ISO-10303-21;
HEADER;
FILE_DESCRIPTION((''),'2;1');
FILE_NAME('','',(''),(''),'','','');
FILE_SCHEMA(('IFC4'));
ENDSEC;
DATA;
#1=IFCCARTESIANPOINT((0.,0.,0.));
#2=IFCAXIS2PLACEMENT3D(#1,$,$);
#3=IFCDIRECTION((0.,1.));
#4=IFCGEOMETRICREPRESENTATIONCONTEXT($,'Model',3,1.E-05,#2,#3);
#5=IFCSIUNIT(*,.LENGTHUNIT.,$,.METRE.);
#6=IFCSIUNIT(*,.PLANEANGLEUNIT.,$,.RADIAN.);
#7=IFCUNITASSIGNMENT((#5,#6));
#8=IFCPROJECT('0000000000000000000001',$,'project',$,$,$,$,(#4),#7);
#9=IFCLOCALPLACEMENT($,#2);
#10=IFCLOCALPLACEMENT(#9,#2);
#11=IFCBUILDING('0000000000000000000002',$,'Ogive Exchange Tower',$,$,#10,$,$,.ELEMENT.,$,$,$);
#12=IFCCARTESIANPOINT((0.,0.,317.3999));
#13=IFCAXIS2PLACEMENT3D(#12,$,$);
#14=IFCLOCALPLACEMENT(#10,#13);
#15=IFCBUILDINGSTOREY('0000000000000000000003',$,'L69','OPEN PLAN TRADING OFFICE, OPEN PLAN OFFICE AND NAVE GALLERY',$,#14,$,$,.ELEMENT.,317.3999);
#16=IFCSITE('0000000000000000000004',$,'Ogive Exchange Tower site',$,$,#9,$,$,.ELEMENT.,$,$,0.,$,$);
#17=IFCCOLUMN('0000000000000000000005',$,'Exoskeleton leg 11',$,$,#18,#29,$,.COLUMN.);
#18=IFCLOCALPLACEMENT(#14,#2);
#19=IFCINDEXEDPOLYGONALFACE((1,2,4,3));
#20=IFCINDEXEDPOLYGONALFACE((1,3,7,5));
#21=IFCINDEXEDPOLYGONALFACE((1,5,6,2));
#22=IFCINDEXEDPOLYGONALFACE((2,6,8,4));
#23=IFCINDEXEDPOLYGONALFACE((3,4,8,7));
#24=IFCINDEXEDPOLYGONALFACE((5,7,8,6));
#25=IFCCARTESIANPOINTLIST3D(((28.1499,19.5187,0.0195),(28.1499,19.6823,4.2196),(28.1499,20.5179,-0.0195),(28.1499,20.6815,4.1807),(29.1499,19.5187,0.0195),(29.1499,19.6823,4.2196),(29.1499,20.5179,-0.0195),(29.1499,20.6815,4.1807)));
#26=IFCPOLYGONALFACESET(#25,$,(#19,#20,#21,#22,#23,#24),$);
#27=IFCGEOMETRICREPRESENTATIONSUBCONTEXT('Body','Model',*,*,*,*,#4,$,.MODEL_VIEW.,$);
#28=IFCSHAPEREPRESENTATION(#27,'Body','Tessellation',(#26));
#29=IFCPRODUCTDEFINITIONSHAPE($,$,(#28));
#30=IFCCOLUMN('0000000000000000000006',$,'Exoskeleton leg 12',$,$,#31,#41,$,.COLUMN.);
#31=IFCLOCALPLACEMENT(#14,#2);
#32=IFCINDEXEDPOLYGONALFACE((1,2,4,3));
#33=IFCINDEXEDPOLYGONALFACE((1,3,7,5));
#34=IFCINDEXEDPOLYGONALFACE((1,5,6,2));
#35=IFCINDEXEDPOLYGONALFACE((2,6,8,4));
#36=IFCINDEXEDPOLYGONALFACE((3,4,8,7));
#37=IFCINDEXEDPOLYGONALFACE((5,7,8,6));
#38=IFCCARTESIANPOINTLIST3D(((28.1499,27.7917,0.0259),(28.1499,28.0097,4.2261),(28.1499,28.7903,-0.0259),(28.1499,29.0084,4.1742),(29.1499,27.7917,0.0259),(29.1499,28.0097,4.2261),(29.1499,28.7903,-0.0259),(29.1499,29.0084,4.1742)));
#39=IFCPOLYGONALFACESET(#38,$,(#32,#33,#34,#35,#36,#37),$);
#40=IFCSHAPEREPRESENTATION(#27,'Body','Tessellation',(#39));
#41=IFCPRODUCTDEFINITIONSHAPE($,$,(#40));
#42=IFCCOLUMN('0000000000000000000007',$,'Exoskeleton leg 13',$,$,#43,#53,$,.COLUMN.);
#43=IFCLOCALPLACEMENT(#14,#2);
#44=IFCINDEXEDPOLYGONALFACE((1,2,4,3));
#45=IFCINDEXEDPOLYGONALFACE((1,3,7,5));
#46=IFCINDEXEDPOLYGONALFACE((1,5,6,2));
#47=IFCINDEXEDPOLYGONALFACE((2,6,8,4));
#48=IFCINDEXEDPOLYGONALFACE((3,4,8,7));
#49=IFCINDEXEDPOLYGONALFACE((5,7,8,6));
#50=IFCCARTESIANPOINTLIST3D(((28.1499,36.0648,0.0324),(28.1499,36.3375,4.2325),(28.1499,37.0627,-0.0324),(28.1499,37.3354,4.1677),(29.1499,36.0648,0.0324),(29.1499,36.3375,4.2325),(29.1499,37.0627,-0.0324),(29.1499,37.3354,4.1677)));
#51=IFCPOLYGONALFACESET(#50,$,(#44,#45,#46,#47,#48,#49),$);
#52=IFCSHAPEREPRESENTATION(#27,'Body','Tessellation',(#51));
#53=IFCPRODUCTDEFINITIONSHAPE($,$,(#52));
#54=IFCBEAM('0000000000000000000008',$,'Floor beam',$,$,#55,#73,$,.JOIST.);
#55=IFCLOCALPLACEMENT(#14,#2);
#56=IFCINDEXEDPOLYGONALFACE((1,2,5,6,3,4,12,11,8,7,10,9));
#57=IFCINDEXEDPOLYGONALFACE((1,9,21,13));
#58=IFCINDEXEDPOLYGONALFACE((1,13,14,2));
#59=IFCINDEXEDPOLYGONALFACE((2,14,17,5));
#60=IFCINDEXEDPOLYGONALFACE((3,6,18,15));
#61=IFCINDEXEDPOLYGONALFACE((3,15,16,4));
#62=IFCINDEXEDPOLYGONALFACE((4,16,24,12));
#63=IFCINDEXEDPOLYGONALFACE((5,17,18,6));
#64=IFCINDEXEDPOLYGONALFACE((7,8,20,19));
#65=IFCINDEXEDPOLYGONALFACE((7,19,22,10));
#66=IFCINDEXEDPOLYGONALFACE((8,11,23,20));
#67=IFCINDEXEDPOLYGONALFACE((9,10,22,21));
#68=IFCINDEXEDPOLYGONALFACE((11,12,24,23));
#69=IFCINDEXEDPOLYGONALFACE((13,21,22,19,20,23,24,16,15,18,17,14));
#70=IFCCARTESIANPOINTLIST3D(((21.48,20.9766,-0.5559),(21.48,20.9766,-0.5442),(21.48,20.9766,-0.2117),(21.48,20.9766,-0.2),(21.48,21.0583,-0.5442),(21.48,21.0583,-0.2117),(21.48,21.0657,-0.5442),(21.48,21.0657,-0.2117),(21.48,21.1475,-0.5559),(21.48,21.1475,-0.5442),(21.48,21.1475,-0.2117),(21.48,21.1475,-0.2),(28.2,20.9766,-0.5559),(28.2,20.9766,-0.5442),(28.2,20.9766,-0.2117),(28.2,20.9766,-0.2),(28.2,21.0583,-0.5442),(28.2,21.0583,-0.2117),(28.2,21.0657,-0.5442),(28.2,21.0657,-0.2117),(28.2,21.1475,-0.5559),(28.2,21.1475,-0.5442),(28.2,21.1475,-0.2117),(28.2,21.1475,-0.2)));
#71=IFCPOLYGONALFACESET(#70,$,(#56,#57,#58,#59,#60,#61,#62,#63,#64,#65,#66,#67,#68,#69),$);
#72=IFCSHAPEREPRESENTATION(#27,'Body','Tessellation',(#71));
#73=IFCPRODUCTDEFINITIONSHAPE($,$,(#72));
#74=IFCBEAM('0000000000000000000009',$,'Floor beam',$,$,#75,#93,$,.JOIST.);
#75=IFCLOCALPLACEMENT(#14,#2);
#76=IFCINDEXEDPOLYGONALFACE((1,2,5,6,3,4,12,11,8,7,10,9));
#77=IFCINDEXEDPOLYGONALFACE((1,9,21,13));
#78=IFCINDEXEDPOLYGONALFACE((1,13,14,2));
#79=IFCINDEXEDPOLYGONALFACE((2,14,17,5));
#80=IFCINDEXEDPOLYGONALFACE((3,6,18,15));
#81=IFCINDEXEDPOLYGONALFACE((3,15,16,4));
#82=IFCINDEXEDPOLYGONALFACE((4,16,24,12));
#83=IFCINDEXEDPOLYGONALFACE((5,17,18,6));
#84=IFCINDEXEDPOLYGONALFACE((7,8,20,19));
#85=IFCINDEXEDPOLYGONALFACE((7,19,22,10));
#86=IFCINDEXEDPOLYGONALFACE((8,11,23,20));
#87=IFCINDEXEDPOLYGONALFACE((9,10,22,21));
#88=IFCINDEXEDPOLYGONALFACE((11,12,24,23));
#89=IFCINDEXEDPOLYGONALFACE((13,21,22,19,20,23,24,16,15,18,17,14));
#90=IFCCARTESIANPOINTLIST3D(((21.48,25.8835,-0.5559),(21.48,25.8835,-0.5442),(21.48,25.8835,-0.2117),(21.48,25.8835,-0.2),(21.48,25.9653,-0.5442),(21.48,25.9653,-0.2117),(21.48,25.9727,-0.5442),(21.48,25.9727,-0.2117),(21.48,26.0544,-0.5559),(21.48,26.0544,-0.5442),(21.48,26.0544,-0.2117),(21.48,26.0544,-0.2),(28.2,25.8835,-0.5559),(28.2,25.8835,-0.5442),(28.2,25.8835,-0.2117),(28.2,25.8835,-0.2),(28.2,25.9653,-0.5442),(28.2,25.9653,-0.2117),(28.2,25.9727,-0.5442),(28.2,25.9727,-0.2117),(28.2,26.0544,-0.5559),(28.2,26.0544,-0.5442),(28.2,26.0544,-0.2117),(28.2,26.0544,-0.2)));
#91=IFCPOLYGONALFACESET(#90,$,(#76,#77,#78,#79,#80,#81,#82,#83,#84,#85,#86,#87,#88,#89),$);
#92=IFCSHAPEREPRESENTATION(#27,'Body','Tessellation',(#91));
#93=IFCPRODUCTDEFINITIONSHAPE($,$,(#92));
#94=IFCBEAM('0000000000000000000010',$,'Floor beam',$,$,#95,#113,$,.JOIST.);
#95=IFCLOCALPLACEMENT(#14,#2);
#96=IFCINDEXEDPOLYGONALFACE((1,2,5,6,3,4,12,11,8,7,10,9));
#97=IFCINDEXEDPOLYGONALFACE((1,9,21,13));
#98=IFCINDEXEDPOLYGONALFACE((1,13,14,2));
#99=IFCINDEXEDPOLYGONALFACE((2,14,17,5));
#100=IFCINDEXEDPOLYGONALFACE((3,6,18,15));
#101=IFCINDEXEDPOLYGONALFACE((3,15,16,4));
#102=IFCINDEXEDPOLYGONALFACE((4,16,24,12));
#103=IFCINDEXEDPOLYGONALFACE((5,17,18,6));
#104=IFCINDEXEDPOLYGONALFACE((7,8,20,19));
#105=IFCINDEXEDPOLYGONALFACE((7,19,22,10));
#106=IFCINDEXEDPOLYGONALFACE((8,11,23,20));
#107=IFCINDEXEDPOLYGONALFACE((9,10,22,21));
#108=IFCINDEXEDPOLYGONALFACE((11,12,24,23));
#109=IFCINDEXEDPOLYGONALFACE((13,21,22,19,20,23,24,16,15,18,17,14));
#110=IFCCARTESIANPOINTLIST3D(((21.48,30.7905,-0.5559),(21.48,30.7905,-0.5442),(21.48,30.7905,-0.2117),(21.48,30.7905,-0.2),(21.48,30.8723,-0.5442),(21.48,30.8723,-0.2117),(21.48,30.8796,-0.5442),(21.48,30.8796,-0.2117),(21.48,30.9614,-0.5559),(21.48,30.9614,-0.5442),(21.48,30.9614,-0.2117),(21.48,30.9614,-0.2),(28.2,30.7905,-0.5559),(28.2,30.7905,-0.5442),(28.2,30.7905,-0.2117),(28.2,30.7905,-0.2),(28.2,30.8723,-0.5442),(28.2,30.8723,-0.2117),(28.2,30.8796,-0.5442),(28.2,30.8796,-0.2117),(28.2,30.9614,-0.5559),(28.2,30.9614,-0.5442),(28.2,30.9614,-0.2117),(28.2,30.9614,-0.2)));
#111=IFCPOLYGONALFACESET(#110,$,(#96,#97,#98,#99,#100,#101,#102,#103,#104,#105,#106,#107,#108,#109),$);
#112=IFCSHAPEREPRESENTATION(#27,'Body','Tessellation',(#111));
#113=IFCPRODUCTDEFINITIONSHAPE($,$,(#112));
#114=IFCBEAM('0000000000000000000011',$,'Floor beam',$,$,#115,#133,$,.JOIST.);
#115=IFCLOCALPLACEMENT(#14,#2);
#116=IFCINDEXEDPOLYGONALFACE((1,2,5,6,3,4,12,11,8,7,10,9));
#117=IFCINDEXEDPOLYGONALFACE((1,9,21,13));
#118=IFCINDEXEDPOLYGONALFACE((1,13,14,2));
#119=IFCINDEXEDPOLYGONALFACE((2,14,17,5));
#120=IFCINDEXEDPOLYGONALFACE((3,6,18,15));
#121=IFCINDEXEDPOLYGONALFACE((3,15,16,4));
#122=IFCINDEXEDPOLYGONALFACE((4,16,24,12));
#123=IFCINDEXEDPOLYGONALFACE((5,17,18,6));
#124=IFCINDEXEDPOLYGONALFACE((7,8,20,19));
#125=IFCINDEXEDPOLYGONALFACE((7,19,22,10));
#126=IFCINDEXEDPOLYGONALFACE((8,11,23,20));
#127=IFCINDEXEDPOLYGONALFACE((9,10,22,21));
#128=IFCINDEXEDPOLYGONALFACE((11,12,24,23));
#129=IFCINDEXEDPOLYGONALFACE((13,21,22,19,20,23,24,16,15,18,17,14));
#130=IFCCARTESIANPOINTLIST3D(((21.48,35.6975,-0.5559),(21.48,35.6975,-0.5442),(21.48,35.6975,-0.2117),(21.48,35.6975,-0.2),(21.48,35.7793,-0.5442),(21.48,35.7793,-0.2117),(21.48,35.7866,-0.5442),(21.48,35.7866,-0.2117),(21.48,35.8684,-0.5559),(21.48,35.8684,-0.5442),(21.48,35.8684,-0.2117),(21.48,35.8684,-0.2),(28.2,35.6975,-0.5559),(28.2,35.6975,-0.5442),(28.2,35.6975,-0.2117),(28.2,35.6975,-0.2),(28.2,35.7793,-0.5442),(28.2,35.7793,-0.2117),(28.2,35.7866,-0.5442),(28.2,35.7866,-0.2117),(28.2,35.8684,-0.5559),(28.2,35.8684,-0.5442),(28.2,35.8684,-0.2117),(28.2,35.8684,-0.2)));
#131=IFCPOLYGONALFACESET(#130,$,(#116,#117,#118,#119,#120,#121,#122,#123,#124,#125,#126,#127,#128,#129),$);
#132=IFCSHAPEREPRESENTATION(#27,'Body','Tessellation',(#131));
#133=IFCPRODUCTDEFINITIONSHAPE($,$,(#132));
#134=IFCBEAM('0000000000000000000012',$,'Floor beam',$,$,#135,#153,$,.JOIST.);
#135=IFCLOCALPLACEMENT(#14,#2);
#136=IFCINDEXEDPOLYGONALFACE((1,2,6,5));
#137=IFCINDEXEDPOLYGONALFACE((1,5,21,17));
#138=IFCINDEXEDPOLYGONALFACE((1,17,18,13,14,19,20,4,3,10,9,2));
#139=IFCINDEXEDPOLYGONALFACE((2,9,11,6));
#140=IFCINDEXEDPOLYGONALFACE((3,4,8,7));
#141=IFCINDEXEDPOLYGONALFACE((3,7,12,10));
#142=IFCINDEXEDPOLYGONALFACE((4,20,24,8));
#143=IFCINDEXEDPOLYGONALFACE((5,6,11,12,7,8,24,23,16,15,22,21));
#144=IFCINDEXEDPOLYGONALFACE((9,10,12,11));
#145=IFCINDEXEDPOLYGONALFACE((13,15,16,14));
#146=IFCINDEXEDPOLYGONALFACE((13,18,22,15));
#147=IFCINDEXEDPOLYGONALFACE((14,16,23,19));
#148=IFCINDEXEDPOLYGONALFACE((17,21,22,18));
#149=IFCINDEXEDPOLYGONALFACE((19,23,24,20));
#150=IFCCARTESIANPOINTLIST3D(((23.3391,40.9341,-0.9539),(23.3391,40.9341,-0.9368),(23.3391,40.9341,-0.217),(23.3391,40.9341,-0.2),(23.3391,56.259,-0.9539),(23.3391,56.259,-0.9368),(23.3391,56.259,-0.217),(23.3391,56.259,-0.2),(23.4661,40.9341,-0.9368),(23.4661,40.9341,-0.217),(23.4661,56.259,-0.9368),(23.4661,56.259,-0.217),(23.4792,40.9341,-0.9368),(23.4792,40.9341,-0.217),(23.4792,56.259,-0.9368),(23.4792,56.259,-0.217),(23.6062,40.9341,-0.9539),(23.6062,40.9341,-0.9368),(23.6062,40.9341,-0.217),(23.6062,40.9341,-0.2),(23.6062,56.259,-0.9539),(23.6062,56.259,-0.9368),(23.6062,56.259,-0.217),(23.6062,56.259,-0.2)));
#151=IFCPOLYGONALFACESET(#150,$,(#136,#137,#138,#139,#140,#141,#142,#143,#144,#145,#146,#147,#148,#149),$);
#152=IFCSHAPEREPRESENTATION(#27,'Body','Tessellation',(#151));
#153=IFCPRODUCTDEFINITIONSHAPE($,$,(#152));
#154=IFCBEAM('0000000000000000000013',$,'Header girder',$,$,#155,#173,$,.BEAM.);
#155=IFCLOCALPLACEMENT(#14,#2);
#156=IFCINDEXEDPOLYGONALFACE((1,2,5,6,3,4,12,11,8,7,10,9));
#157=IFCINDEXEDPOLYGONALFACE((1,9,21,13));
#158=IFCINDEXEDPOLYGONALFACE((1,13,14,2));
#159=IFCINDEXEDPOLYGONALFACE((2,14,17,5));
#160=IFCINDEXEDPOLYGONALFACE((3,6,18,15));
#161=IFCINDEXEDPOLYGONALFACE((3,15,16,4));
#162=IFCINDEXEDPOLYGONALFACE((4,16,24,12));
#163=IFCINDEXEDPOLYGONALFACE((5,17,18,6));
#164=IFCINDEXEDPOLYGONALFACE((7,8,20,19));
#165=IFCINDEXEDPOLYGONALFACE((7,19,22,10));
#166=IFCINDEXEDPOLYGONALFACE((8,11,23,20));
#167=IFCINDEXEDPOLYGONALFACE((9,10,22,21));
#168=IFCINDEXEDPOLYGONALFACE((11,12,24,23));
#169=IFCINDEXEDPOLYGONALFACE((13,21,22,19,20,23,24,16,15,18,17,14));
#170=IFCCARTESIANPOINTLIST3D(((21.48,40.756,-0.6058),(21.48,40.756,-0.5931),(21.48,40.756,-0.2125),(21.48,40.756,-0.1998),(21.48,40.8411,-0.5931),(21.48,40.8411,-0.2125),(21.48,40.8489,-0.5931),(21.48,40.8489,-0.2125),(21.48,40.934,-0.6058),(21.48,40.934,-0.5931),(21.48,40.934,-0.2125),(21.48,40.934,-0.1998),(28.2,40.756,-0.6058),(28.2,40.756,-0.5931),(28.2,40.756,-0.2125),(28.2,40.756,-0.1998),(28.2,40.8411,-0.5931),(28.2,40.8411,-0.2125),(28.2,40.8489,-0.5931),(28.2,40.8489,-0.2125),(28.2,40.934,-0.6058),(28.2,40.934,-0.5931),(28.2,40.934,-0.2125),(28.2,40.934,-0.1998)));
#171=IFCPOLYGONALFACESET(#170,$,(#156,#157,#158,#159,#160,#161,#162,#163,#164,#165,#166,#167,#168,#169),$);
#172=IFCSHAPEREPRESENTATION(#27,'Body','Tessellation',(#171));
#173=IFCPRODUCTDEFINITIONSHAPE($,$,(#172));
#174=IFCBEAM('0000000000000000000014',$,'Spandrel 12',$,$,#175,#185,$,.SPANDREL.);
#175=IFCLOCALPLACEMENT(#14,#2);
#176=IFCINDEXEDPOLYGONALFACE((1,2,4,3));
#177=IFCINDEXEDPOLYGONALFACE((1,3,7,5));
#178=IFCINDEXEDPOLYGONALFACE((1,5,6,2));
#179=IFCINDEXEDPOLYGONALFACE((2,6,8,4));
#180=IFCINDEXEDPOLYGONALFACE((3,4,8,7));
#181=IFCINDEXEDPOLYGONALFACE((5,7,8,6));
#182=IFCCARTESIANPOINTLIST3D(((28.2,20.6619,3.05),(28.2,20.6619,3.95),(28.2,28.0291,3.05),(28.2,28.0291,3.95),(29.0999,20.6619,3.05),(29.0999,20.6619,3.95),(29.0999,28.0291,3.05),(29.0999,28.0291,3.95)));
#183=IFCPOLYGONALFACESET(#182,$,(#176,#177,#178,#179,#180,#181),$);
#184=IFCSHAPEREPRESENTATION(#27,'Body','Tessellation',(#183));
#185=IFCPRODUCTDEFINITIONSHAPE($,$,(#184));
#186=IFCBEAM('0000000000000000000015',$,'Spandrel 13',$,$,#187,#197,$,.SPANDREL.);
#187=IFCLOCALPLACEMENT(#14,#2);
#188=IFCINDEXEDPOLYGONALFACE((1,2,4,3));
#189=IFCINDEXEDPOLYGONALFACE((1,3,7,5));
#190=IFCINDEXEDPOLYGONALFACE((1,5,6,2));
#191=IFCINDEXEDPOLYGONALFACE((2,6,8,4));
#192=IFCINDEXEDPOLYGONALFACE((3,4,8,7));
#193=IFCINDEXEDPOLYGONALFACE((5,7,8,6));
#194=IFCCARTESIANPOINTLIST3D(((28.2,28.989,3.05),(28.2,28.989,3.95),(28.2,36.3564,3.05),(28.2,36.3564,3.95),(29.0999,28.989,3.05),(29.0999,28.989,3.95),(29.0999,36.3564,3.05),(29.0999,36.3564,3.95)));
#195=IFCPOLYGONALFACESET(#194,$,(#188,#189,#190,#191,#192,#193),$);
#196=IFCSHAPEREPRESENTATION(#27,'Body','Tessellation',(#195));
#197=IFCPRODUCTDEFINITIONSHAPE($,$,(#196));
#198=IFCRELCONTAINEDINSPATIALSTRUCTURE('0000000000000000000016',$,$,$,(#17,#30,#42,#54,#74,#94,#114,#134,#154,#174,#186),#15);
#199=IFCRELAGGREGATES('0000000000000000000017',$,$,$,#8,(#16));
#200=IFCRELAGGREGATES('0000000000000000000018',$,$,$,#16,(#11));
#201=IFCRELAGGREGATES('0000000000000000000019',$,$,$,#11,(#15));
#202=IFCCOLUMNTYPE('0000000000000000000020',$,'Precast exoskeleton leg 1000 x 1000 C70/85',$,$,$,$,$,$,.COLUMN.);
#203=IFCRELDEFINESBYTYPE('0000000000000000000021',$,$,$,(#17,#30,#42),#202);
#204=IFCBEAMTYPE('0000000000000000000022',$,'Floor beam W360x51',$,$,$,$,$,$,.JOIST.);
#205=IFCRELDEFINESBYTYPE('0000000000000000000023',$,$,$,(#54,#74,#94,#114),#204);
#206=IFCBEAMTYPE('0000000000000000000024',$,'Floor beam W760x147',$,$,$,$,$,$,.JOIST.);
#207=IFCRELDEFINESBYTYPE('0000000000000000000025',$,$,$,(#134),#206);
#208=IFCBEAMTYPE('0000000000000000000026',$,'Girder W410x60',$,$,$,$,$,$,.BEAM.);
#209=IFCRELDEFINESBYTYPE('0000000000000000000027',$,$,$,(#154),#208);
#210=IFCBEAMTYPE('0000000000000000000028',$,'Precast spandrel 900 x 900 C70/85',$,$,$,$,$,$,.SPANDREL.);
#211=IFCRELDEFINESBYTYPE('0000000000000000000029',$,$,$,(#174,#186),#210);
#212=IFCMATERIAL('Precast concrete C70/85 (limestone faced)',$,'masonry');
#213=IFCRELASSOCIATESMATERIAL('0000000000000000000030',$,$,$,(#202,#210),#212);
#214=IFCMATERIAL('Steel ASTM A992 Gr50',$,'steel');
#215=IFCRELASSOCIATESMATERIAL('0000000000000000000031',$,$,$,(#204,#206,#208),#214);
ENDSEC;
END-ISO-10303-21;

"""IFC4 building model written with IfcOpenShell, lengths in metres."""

from ifc_helpers import new_model, si_unit, direction, frame, origin, origin_2d, place, context, subcontext, project, spatial, rectangle, i_section, extrude, material, material_profile, profile_set, type_object, element, save


model = new_model("IFC4")

# Units and contexts
model_context = context("Model", 3, precision=1e-05, world=origin(), true_north=direction((0.0, 1.0)))
body_context = subcontext(model_context, "Body", "Model", "MODEL_VIEW")
ifc_project = project(units=[si_unit("LENGTHUNIT", "METRE"), si_unit("PLANEANGLEUNIT", "RADIAN")], contexts=[model_context])

# Site, building, storey
site_placement = place(None, origin())
site = spatial("IfcSite", under=ifc_project, at=site_placement, Name="Ogive Exchange Tower site", CompositionType="ELEMENT", RefElevation=0.0)
building_placement = place(site_placement, origin())
building = spatial("IfcBuilding", under=site, at=building_placement, Name="Ogive Exchange Tower", CompositionType="ELEMENT")
storey_placement = place(building_placement, frame((0.0, 0.0, 317.3999)))
storey = spatial("IfcBuildingStorey", under=building, at=storey_placement, Name="L69", Description="OPEN PLAN TRADING OFFICE, OPEN PLAN OFFICE AND NAVE GALLERY", CompositionType="ELEMENT", Elevation=317.3999)

# Columns
ifc_material_1 = material(Name="Precast concrete C70/85 (limestone faced)", Category="masonry")
ifc_material_profile_1 = material_profile(ifc_material_1, rectangle(XDim=1.0, YDim=1.0, at=origin_2d()), Name="1000 x 1000")
ifc_profile_set_1 = profile_set([ifc_material_profile_1], Name="Precast concrete C70/85 (limestone faced)")
column_type = type_object("IfcColumnType", Name="Precast exoskeleton leg 1000 x 1000 C70/85", PredefinedType="COLUMN", material=ifc_profile_set_1)
column_1_placement = place(storey_placement, frame((28.6499, 20.0183, 0.0), z_axis=(0.0, 0.038915, 0.999243), x_axis=(-1.0, 0.0, 0.0)))
element("IfcColumn", 1, at=column_1_placement, inside=storey, type_object=column_type, Name="Exoskeleton leg 11", PredefinedType="COLUMN", context=body_context, shape_type="SweptSolid", body=[
    extrude(rectangle(XDim=1.0, YDim=1.0, at=origin_2d()), origin(), (0.0, 0.0, 1.0), 4.2034),
])
column_2_placement = place(storey_placement, frame((28.6499, 28.291, 0.0), z_axis=(0.0, 0.051837, 0.998656), x_axis=(-1.0, 0.0, 0.0)))
element("IfcColumn", 2, at=column_2_placement, inside=storey, type_object=column_type, Name="Exoskeleton leg 12", PredefinedType="COLUMN", context=body_context, shape_type="SweptSolid", body=[
    extrude(rectangle(XDim=1.0, YDim=1.0, at=origin_2d()), origin(), (0.0, 0.0, 1.0), 4.2058),
])
column_3_placement = place(storey_placement, frame((28.6499, 36.5637, 0.0), z_axis=(0.0, 0.06479, 0.997899), x_axis=(-1.0, 0.0, 0.0)))
element("IfcColumn", 3, at=column_3_placement, inside=storey, type_object=column_type, Name="Exoskeleton leg 13", PredefinedType="COLUMN", context=body_context, shape_type="SweptSolid", body=[
    extrude(rectangle(XDim=1.0, YDim=1.0, at=origin_2d()), origin(), (0.0, 0.0, 1.0), 4.209),
])

# Beams
ifc_material_2 = material(Name="Steel ASTM A992 Gr50", Category="steel")
ifc_material_profile_2 = material_profile(ifc_material_2, i_section(OverallWidth=0.1709, OverallDepth=0.356, WebThickness=0.0073, FlangeThickness=0.0117, at=origin_2d()), Name="W360x51")
ifc_profile_set_2 = profile_set([ifc_material_profile_2], Name="Steel ASTM A992 Gr50")
beam_type_1 = type_object("IfcBeamType", Name="Floor beam W360x51", PredefinedType="JOIST", material=ifc_profile_set_2)
for number, where, z_axis, x_axis, name in (
    (4, (21.48, 21.062, -0.3779), (1.0, 0.0, 0.0), (0.0, 1.0, 0.0), "Floor beam"),
    (5, (21.48, 25.969, -0.3779), (1.0, 0.0, 0.0), (0.0, 1.0, 0.0), "Floor beam"),
    (6, (21.48, 30.876, -0.3779), (1.0, 0.0, 0.0), (0.0, 1.0, 0.0), "Floor beam"),
    (7, (21.48, 35.783, -0.3779), (1.0, 0.0, 0.0), (0.0, 1.0, 0.0), "Floor beam"),
):
    element("IfcBeam", number, at=place(storey_placement, frame(where, z_axis=z_axis, x_axis=x_axis)), inside=storey, type_object=beam_type_1, Name=name, PredefinedType="JOIST", context=body_context, shape_type="SweptSolid", body=[
        extrude(i_section(OverallWidth=0.1709, OverallDepth=0.356, WebThickness=0.0073, FlangeThickness=0.0117, at=origin_2d()), origin(), (0.0, 0.0, 1.0), 6.72),
    ])
ifc_material_profile_3 = material_profile(ifc_material_2, i_section(OverallWidth=0.2671, OverallDepth=0.7539, WebThickness=0.0132, FlangeThickness=0.0171, at=origin_2d()), Name="W760x147")
ifc_profile_set_3 = profile_set([ifc_material_profile_3], Name="Steel ASTM A992 Gr50")
beam_type_2 = type_object("IfcBeamType", Name="Floor beam W760x147", PredefinedType="JOIST", material=ifc_profile_set_3)
beam_1_placement = place(storey_placement, frame((23.4727, 40.9341, -0.5769), z_axis=(0.0, 1.0, 0.0), x_axis=(-1.0, 0.0, 0.0)))
element("IfcBeam", 8, at=beam_1_placement, inside=storey, type_object=beam_type_2, Name="Floor beam", PredefinedType="JOIST", context=body_context, shape_type="SweptSolid", body=[
    extrude(i_section(OverallWidth=0.2671, OverallDepth=0.7539, WebThickness=0.0132, FlangeThickness=0.0171, at=origin_2d()), origin(), (0.0, 0.0, 1.0), 15.325),
])
ifc_material_profile_4 = material_profile(ifc_material_2, i_section(OverallWidth=0.178, OverallDepth=0.406, WebThickness=0.0078, FlangeThickness=0.0127, at=origin_2d()), Name="W410x60")
ifc_profile_set_4 = profile_set([ifc_material_profile_4], Name="Steel ASTM A992 Gr50")
beam_type_3 = type_object("IfcBeamType", Name="Girder W410x60", PredefinedType="BEAM", material=ifc_profile_set_4)
beam_2_placement = place(storey_placement, frame((21.48, 40.845, -0.4028), z_axis=(1.0, 0.0, 0.0), x_axis=(0.0, 1.0, 0.0)))
element("IfcBeam", 9, at=beam_2_placement, inside=storey, type_object=beam_type_3, Name="Header girder", PredefinedType="BEAM", context=body_context, shape_type="SweptSolid", body=[
    extrude(i_section(OverallWidth=0.178, OverallDepth=0.406, WebThickness=0.0078, FlangeThickness=0.0127, at=origin_2d()), origin(), (0.0, 0.0, 1.0), 6.72),
])
ifc_material_profile_5 = material_profile(ifc_material_1, rectangle(XDim=0.8999, YDim=0.8999, at=origin_2d()), Name="900 x 900")
ifc_profile_set_5 = profile_set([ifc_material_profile_5], Name="Precast concrete C70/85 (limestone faced)")
beam_type_4 = type_object("IfcBeamType", Name="Precast spandrel 900 x 900 C70/85", PredefinedType="SPANDREL", material=ifc_profile_set_5)
beam_3_placement = place(storey_placement, frame((28.6499, 20.6619, 3.5), z_axis=(0.0, 1.0, 0.0), x_axis=(-1.0, 0.0, 0.0)))
element("IfcBeam", 10, at=beam_3_placement, inside=storey, type_object=beam_type_4, Name="Spandrel 12", PredefinedType="SPANDREL", context=body_context, shape_type="SweptSolid", body=[
    extrude(rectangle(XDim=0.8999, YDim=0.8999, at=origin_2d()), origin(), (0.0, 0.0, 1.0), 7.3672),
])
beam_4_placement = place(storey_placement, frame((28.6499, 28.989, 3.5), z_axis=(0.0, 1.0, 0.0), x_axis=(-1.0, 0.0, 0.0)))
element("IfcBeam", 11, at=beam_4_placement, inside=storey, type_object=beam_type_4, Name="Spandrel 13", PredefinedType="SPANDREL", context=body_context, shape_type="SweptSolid", body=[
    extrude(rectangle(XDim=0.8999, YDim=0.8999, at=origin_2d()), origin(), (0.0, 0.0, 1.0), 7.3674),
])

save(model, "model.ifc")
